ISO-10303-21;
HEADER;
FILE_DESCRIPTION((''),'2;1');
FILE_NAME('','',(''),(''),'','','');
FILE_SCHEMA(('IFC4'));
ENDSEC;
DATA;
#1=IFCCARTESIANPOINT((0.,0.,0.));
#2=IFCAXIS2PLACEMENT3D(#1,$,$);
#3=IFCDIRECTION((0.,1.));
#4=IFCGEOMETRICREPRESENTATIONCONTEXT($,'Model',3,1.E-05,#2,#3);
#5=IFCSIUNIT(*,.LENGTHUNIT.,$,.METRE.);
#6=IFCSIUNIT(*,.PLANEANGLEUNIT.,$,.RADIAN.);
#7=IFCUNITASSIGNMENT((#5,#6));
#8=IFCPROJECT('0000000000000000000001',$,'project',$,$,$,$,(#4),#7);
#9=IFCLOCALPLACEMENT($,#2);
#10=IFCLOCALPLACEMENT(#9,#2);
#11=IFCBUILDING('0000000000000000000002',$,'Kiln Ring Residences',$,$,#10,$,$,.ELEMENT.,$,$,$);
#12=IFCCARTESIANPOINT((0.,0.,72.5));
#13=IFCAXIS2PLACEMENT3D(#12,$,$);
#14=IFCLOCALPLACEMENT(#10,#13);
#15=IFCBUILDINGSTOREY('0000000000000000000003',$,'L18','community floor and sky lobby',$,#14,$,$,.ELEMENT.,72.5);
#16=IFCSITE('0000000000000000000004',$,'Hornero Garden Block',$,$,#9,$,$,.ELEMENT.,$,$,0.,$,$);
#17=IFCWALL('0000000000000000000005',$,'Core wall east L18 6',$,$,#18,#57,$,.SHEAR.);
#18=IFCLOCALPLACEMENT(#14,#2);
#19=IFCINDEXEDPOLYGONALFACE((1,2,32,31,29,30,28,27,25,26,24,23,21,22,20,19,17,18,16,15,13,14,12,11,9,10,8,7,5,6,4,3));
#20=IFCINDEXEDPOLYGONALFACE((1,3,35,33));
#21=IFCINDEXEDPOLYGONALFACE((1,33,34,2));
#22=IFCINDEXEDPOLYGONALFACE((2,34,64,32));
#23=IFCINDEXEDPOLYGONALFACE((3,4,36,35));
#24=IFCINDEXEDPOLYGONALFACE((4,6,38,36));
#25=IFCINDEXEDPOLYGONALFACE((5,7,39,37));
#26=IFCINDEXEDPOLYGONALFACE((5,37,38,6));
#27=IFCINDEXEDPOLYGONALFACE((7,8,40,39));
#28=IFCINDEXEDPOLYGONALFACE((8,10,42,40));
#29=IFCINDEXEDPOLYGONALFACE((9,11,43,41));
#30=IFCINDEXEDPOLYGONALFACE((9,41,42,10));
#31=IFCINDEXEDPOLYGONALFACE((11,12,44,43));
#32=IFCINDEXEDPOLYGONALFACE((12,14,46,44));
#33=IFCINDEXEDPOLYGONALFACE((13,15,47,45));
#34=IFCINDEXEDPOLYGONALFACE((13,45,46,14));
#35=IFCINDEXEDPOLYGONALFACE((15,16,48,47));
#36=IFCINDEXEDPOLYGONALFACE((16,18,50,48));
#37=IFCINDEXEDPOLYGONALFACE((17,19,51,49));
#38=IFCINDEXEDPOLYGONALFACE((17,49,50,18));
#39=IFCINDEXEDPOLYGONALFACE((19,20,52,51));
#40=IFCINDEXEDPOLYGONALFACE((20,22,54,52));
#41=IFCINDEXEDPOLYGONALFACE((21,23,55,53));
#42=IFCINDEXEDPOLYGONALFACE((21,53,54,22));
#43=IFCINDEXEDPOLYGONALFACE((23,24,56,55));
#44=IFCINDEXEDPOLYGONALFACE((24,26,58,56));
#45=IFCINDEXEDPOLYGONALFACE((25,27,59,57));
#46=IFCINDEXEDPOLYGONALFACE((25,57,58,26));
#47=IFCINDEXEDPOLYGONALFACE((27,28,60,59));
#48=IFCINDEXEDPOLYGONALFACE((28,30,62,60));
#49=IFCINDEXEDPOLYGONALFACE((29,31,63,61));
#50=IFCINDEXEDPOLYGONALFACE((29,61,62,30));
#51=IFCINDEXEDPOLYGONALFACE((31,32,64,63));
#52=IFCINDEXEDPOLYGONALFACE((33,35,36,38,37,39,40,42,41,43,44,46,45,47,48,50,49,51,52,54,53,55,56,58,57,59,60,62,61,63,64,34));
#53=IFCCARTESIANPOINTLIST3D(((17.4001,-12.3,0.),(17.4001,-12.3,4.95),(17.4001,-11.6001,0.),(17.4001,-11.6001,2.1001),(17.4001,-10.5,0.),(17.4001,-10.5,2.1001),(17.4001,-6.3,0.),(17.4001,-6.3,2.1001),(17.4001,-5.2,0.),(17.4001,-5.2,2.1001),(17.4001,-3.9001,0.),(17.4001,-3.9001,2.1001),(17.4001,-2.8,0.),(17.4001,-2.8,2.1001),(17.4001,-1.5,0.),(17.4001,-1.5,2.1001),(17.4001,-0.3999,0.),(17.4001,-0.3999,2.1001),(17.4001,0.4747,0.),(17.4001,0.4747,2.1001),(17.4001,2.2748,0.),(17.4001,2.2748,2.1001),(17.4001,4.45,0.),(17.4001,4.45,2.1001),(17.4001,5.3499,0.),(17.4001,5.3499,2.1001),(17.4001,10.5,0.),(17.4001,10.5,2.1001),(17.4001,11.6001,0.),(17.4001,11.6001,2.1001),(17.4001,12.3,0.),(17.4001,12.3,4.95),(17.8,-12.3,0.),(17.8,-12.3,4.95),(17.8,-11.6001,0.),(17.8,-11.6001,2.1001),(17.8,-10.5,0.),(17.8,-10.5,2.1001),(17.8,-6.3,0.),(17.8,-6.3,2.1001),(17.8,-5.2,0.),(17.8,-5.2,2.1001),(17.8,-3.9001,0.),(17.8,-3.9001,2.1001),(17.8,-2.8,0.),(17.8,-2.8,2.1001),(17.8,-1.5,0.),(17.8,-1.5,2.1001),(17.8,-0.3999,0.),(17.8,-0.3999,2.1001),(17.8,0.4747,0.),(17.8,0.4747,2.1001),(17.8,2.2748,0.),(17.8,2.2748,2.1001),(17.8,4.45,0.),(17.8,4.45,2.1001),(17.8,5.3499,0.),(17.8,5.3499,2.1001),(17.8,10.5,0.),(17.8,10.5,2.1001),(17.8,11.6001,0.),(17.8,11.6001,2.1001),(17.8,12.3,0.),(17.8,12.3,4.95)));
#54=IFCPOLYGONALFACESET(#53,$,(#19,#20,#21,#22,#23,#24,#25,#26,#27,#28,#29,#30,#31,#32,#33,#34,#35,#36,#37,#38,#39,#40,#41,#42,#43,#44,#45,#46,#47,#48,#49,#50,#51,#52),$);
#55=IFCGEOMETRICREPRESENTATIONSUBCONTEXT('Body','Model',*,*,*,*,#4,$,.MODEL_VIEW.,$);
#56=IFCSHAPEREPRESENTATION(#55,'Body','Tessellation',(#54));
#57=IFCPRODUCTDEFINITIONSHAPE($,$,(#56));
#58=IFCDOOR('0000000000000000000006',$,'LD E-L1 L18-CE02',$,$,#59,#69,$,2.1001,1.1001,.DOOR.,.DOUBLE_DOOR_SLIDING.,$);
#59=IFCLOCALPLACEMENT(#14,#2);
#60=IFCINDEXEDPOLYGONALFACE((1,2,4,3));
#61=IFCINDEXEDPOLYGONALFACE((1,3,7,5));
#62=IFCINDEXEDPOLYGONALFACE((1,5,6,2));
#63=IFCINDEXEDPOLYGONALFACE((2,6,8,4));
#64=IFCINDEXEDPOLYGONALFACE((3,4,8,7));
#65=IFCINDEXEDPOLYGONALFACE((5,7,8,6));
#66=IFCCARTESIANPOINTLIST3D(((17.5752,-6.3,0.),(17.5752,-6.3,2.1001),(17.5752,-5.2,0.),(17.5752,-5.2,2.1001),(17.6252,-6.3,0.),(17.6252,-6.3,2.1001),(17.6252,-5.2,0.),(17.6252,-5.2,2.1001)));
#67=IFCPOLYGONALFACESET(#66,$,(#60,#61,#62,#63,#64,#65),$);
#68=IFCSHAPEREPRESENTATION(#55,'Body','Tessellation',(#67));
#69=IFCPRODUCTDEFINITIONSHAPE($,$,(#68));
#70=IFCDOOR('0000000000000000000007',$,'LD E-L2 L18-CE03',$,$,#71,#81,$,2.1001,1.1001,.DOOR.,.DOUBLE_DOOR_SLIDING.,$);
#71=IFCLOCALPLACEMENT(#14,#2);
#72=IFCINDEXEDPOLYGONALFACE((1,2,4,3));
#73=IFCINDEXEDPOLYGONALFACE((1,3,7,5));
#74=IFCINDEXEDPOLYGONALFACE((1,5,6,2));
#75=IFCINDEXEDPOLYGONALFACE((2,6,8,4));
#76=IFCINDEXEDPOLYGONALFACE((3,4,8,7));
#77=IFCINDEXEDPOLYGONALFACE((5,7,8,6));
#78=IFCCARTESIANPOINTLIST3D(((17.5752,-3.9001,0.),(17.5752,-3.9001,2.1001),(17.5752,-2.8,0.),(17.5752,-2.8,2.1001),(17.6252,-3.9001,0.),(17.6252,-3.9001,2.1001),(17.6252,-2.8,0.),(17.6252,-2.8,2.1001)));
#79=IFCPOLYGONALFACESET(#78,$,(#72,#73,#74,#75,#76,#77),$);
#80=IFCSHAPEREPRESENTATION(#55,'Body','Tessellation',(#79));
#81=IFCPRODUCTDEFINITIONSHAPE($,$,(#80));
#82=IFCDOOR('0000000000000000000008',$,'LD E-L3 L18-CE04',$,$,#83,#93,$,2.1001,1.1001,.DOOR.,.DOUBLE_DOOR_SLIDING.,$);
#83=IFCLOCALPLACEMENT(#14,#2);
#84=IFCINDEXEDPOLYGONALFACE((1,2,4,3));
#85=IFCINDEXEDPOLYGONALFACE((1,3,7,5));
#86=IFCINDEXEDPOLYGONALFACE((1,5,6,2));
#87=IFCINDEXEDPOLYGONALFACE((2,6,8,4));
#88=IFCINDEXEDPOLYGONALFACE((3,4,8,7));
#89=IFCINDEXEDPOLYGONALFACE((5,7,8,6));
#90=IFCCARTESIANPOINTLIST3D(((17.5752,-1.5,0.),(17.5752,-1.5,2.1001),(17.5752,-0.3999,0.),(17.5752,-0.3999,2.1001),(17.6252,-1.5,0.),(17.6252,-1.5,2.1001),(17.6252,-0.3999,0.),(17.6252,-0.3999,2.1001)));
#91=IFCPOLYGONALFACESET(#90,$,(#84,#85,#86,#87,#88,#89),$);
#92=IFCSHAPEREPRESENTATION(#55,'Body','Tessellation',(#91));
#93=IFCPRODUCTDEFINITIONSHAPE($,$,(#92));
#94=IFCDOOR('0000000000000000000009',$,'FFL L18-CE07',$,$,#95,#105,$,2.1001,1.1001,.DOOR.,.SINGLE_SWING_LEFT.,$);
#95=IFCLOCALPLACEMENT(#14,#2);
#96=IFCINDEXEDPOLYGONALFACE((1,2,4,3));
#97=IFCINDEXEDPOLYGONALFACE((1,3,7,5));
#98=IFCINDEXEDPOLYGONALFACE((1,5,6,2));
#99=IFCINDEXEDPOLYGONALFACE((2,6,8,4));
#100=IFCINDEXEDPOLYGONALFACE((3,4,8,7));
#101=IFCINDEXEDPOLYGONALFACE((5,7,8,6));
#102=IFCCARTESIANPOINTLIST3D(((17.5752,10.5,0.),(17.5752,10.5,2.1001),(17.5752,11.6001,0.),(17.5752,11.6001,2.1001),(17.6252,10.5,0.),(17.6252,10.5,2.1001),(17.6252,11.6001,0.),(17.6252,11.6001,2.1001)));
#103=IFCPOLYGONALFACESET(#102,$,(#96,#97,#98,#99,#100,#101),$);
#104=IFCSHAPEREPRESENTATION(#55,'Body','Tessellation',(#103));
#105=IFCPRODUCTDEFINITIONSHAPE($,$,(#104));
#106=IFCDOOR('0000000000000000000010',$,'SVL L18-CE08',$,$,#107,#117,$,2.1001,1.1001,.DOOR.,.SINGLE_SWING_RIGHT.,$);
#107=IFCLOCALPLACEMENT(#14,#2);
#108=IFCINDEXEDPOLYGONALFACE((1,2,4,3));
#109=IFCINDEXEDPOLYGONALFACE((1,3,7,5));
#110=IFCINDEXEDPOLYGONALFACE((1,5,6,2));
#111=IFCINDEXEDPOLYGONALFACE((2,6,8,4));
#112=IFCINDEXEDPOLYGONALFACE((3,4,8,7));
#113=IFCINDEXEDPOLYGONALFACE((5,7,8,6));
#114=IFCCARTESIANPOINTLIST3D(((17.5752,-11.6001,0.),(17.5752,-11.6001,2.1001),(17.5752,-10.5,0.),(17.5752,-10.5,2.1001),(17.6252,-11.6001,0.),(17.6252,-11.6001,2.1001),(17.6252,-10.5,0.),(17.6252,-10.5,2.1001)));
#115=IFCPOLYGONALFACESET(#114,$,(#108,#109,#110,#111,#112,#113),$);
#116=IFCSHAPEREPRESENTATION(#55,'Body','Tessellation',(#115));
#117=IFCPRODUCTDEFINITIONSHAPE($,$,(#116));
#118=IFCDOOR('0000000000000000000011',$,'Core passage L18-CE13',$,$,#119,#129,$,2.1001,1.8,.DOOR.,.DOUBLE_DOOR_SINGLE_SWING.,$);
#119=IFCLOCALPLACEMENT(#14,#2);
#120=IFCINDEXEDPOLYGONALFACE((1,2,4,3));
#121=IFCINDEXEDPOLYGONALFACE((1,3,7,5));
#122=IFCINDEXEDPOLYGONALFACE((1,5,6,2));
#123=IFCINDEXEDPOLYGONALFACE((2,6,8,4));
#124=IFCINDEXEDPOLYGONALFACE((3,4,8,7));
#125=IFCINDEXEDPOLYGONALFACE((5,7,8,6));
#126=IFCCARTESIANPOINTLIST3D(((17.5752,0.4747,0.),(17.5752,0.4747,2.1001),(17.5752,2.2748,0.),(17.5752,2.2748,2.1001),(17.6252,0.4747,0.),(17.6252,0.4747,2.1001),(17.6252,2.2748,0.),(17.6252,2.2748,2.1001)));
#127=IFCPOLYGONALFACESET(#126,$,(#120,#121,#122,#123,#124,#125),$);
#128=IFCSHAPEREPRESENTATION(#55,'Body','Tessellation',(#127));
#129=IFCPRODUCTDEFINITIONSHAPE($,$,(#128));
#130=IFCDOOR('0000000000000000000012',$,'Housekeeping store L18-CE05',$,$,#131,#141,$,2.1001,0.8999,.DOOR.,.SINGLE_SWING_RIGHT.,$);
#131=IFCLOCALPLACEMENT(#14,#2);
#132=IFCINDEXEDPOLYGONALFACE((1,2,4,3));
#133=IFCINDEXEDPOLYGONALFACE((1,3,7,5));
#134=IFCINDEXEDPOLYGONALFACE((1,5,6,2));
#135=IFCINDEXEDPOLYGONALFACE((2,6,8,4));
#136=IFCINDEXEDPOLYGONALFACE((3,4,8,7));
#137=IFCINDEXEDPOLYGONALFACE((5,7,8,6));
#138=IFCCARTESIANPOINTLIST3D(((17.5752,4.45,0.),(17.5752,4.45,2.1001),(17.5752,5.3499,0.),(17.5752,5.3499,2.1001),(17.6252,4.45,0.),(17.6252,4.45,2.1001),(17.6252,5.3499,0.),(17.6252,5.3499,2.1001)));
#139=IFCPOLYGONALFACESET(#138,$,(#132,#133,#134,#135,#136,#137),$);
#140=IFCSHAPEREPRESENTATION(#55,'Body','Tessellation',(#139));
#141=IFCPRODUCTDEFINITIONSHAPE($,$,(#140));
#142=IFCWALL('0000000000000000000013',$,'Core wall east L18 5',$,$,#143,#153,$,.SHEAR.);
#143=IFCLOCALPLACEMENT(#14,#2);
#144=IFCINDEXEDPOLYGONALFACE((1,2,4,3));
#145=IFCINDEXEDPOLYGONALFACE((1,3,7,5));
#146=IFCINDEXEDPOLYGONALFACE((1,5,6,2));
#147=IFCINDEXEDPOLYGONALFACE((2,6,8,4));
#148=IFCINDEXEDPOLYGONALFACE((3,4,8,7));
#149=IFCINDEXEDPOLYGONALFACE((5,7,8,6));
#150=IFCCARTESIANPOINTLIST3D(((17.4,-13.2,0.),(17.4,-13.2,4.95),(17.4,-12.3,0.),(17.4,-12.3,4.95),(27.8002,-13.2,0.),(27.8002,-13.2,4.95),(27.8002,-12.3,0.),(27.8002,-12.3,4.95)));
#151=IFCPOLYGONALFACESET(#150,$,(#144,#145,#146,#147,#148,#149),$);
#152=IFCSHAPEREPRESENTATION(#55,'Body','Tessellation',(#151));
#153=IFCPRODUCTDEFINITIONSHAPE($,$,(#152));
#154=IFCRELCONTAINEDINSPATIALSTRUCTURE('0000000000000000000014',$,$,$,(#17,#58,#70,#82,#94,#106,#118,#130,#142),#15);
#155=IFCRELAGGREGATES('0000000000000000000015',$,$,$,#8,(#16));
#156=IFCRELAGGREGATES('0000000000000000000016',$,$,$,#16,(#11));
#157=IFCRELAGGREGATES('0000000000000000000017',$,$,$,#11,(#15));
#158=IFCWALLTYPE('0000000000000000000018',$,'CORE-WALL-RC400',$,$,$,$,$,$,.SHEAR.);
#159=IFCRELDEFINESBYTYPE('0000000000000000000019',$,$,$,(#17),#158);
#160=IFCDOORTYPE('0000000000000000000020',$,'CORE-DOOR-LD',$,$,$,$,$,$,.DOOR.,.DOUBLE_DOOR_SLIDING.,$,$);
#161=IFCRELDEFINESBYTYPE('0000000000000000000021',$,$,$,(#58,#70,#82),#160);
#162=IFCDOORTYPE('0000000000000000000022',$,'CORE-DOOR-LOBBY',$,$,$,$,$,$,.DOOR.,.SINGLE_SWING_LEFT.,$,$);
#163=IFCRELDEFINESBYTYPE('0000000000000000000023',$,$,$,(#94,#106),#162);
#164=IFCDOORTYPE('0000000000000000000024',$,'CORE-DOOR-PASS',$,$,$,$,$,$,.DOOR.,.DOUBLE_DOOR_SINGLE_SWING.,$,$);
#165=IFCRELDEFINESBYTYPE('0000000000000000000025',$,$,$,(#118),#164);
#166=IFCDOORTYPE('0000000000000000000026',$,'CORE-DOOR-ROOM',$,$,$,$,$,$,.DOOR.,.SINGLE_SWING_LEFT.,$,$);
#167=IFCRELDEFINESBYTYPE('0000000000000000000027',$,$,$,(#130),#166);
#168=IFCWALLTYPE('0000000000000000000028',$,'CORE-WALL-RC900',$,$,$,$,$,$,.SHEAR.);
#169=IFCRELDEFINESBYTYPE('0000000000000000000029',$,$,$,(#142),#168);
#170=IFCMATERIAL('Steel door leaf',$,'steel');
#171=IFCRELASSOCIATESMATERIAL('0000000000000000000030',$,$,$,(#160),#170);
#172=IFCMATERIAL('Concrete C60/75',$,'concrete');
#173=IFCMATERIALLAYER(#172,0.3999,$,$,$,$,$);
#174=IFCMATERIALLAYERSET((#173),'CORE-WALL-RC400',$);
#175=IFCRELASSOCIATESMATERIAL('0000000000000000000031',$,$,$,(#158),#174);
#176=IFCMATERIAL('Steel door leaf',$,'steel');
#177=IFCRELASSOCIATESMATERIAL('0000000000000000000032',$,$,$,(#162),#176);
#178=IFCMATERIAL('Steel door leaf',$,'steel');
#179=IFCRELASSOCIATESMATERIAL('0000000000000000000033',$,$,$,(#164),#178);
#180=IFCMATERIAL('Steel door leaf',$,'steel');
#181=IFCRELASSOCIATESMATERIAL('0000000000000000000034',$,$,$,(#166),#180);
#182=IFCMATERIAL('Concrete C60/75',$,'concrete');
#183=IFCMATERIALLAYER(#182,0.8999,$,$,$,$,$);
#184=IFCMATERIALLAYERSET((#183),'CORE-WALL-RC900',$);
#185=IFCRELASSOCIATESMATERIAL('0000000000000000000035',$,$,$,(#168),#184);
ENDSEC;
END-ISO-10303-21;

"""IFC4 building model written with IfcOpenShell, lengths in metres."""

from ifc_helpers import new_model, si_unit, direction, frame, frame_2d, origin, place, context, subcontext, project, spatial, rectangle, extrude, material, layer, layer_set, type_object, element, fill, save


model = new_model("IFC4")

# Units and contexts
model_context = context("Model", 3, precision=1e-05, world=origin(), true_north=direction((0.0, 1.0)))
body_context = subcontext(model_context, "Body", "Model", "MODEL_VIEW")
ifc_project = project(units=[si_unit("LENGTHUNIT", "METRE"), si_unit("PLANEANGLEUNIT", "RADIAN")], contexts=[model_context])

# Site, building, storey
site_placement = place(None, origin())
site = spatial("IfcSite", under=ifc_project, at=site_placement, Name="Hornero Garden Block", CompositionType="ELEMENT", RefElevation=0.0)
building_placement = place(site_placement, origin())
building = spatial("IfcBuilding", under=site, at=building_placement, Name="Kiln Ring Residences", CompositionType="ELEMENT")
storey_placement = place(building_placement, frame((0.0, 0.0, 72.5)))
storey = spatial("IfcBuildingStorey", under=building, at=storey_placement, Name="L18", Description="community floor and sky lobby", CompositionType="ELEMENT", Elevation=72.5)

# Wall, openings, doors
ifc_material_1 = material(Name="Steel door leaf", Category="steel")
door_type_1 = type_object("IfcDoorType", Name="CORE-DOOR-LD", OperationType="DOUBLE_DOOR_SLIDING", PredefinedType="DOOR", material=ifc_material_1)
ifc_material_2 = material(Name="Concrete C60/75", Category="concrete")
ifc_layer_1 = layer(ifc_material_2, 0.3999)
ifc_layer_set_1 = layer_set([ifc_layer_1], Name="CORE-WALL-RC400")
wall_type_1 = type_object("IfcWallType", Name="CORE-WALL-RC400", PredefinedType="SHEAR", material=ifc_layer_set_1)
wall_1_placement = place(storey_placement, frame((17.6001, -12.3, 0.0), z_axis=(0.0, 0.0, 1.0), x_axis=(0.0, 1.0, 0.0)))
wall_1 = element("IfcWall", 1, at=wall_1_placement, inside=storey, type_object=wall_type_1, Name="Core wall east L18 6", PredefinedType="SHEAR", context=body_context, shape_type="SweptSolid", body=[
    extrude(rectangle(XDim=24.6001, YDim=0.3999, at=frame_2d((12.3, 0.0))), origin(), (0.0, 0.0, 1.0), 4.95),
])
opening_1_placement = place(wall_1_placement, frame((6.0, 0.0, 0.0)))
opening_1 = element("IfcOpeningElement", 2, at=opening_1_placement, cuts=wall_1, PredefinedType="OPENING", context=body_context, shape_type="SweptSolid", body=[
    extrude(rectangle(XDim=1.1001, YDim=2.1001, at=frame_2d((0.55, 1.05))), frame((0.0, 0.21, 0.0), z_axis=(0.0, -1.0, 0.0), x_axis=(1.0, 0.0, 0.0)), (0.0, 0.0, 1.0), 0.4199),
])
opening_2_placement = place(wall_1_placement, frame((8.3999, 0.0, 0.0)))
opening_2 = element("IfcOpeningElement", 3, at=opening_2_placement, cuts=wall_1, PredefinedType="OPENING", context=body_context, shape_type="SweptSolid", body=[
    extrude(rectangle(XDim=1.1001, YDim=2.1001, at=frame_2d((0.55, 1.05))), frame((0.0, 0.21, 0.0), z_axis=(0.0, -1.0, 0.0), x_axis=(1.0, 0.0, 0.0)), (0.0, 0.0, 1.0), 0.4199),
])
opening_3_placement = place(wall_1_placement, frame((10.8, 0.0, 0.0)))
opening_3 = element("IfcOpeningElement", 4, at=opening_3_placement, cuts=wall_1, PredefinedType="OPENING", context=body_context, shape_type="SweptSolid", body=[
    extrude(rectangle(XDim=1.1001, YDim=2.1001, at=frame_2d((0.55, 1.05))), frame((0.0, 0.21, 0.0), z_axis=(0.0, -1.0, 0.0), x_axis=(1.0, 0.0, 0.0)), (0.0, 0.0, 1.0), 0.4199),
])
opening_4_placement = place(wall_1_placement, frame((16.75, 0.0, 0.0)))
opening_4 = element("IfcOpeningElement", 5, at=opening_4_placement, cuts=wall_1, PredefinedType="OPENING", context=body_context, shape_type="SweptSolid", body=[
    extrude(rectangle(XDim=0.8999, YDim=2.1001, at=frame_2d((0.45, 1.05))), frame((0.0, 0.21, 0.0), z_axis=(0.0, -1.0, 0.0), x_axis=(1.0, 0.0, 0.0)), (0.0, 0.0, 1.0), 0.4199),
])
opening_5_placement = place(wall_1_placement, frame((22.8, 0.0, 0.0)))
opening_5 = element("IfcOpeningElement", 6, at=opening_5_placement, cuts=wall_1, PredefinedType="OPENING", context=body_context, shape_type="SweptSolid", body=[
    extrude(rectangle(XDim=1.1001, YDim=2.1001, at=frame_2d((0.55, 1.05))), frame((0.0, 0.21, 0.0), z_axis=(0.0, -1.0, 0.0), x_axis=(1.0, 0.0, 0.0)), (0.0, 0.0, 1.0), 0.4199),
])
opening_6_placement = place(wall_1_placement, frame((0.7, 0.0, 0.0)))
opening_6 = element("IfcOpeningElement", 7, at=opening_6_placement, cuts=wall_1, PredefinedType="OPENING", context=body_context, shape_type="SweptSolid", body=[
    extrude(rectangle(XDim=1.1001, YDim=2.1001, at=frame_2d((0.55, 1.05))), frame((0.0, 0.21, 0.0), z_axis=(0.0, -1.0, 0.0), x_axis=(1.0, 0.0, 0.0)), (0.0, 0.0, 1.0), 0.4199),
])
opening_7_placement = place(wall_1_placement, frame((12.7749, 0.0, 0.0)))
opening_7 = element("IfcOpeningElement", 8, at=opening_7_placement, cuts=wall_1, PredefinedType="OPENING", context=body_context, shape_type="SweptSolid", body=[
    extrude(rectangle(XDim=1.8, YDim=2.1001, at=frame_2d((0.8999, 1.05))), frame((0.0, 0.21, 0.0), z_axis=(0.0, -1.0, 0.0), x_axis=(1.0, 0.0, 0.0)), (0.0, 0.0, 1.0), 0.4199),
])
door_1_placement = place(opening_1_placement, origin())
door_1 = element("IfcDoor", 9, at=door_1_placement, inside=storey, type_object=door_type_1, Name="LD E-L1 L18-CE02", OperationType="DOUBLE_DOOR_SLIDING", OverallHeight=2.1001, OverallWidth=1.1001, PredefinedType="DOOR", context=body_context, shape_type="SweptSolid", body=[
    extrude(rectangle(XDim=1.1001, YDim=2.1001, at=frame_2d((0.55, 1.05))), frame((0.0, 0.0249, 0.0), z_axis=(0.0, -1.0, 0.0), x_axis=(1.0, 0.0, 0.0)), (0.0, 0.0, 1.0), 0.05),
])
fill(opening_1, door_1)
door_2_placement = place(opening_2_placement, origin())
door_2 = element("IfcDoor", 10, at=door_2_placement, inside=storey, type_object=door_type_1, Name="LD E-L2 L18-CE03", OperationType="DOUBLE_DOOR_SLIDING", OverallHeight=2.1001, OverallWidth=1.1001, PredefinedType="DOOR", context=body_context, shape_type="SweptSolid", body=[
    extrude(rectangle(XDim=1.1001, YDim=2.1001, at=frame_2d((0.55, 1.05))), frame((0.0, 0.0249, 0.0), z_axis=(0.0, -1.0, 0.0), x_axis=(1.0, 0.0, 0.0)), (0.0, 0.0, 1.0), 0.05),
])
fill(opening_2, door_2)
door_3_placement = place(opening_3_placement, origin())
door_3 = element("IfcDoor", 11, at=door_3_placement, inside=storey, type_object=door_type_1, Name="LD E-L3 L18-CE04", OperationType="DOUBLE_DOOR_SLIDING", OverallHeight=2.1001, OverallWidth=1.1001, PredefinedType="DOOR", context=body_context, shape_type="SweptSolid", body=[
    extrude(rectangle(XDim=1.1001, YDim=2.1001, at=frame_2d((0.55, 1.05))), frame((0.0, 0.0249, 0.0), z_axis=(0.0, -1.0, 0.0), x_axis=(1.0, 0.0, 0.0)), (0.0, 0.0, 1.0), 0.05),
])
fill(opening_3, door_3)
ifc_material_3 = material(Name="Steel door leaf", Category="steel")
door_type_2 = type_object("IfcDoorType", Name="CORE-DOOR-LOBBY", OperationType="SINGLE_SWING_LEFT", PredefinedType="DOOR", material=ifc_material_3)
door_4_placement = place(opening_5_placement, origin())
door_4 = element("IfcDoor", 12, at=door_4_placement, inside=storey, type_object=door_type_2, Name="FFL L18-CE07", OperationType="SINGLE_SWING_LEFT", OverallHeight=2.1001, OverallWidth=1.1001, PredefinedType="DOOR", context=body_context, shape_type="SweptSolid", body=[
    extrude(rectangle(XDim=1.1001, YDim=2.1001, at=frame_2d((0.55, 1.05))), frame((0.0, 0.0249, 0.0), z_axis=(0.0, -1.0, 0.0), x_axis=(1.0, 0.0, 0.0)), (0.0, 0.0, 1.0), 0.05),
])
fill(opening_5, door_4)
door_5_placement = place(opening_6_placement, origin())
door_5 = element("IfcDoor", 13, at=door_5_placement, inside=storey, type_object=door_type_2, Name="SVL L18-CE08", OperationType="SINGLE_SWING_RIGHT", OverallHeight=2.1001, OverallWidth=1.1001, PredefinedType="DOOR", context=body_context, shape_type="SweptSolid", body=[
    extrude(rectangle(XDim=1.1001, YDim=2.1001, at=frame_2d((0.55, 1.05))), frame((0.0, 0.0249, 0.0), z_axis=(0.0, -1.0, 0.0), x_axis=(1.0, 0.0, 0.0)), (0.0, 0.0, 1.0), 0.05),
])
fill(opening_6, door_5)
ifc_material_4 = material(Name="Steel door leaf", Category="steel")
door_type_3 = type_object("IfcDoorType", Name="CORE-DOOR-PASS", OperationType="DOUBLE_DOOR_SINGLE_SWING", PredefinedType="DOOR", material=ifc_material_4)
door_6_placement = place(opening_7_placement, origin())
door_6 = element("IfcDoor", 14, at=door_6_placement, inside=storey, type_object=door_type_3, Name="Core passage L18-CE13", OperationType="DOUBLE_DOOR_SINGLE_SWING", OverallHeight=2.1001, OverallWidth=1.8, PredefinedType="DOOR", context=body_context, shape_type="SweptSolid", body=[
    extrude(rectangle(XDim=1.8, YDim=2.1001, at=frame_2d((0.8999, 1.05))), frame((0.0, 0.0249, 0.0), z_axis=(0.0, -1.0, 0.0), x_axis=(1.0, 0.0, 0.0)), (0.0, 0.0, 1.0), 0.05),
])
fill(opening_7, door_6)
ifc_material_5 = material(Name="Steel door leaf", Category="steel")
door_type_4 = type_object("IfcDoorType", Name="CORE-DOOR-ROOM", OperationType="SINGLE_SWING_LEFT", PredefinedType="DOOR", material=ifc_material_5)
door_7_placement = place(opening_4_placement, origin())
door_7 = element("IfcDoor", 15, at=door_7_placement, inside=storey, type_object=door_type_4, Name="Housekeeping store L18-CE05", OperationType="SINGLE_SWING_RIGHT", OverallHeight=2.1001, OverallWidth=0.8999, PredefinedType="DOOR", context=body_context, shape_type="SweptSolid", body=[
    extrude(rectangle(XDim=0.8999, YDim=2.1001, at=frame_2d((0.45, 1.05))), frame((0.0, 0.0249, 0.0), z_axis=(0.0, -1.0, 0.0), x_axis=(1.0, 0.0, 0.0)), (0.0, 0.0, 1.0), 0.05),
])
fill(opening_4, door_7)

# Wall
ifc_material_6 = material(Name="Concrete C60/75", Category="concrete")
ifc_layer_2 = layer(ifc_material_6, 0.8999)
ifc_layer_set_2 = layer_set([ifc_layer_2], Name="CORE-WALL-RC900")
wall_type_2 = type_object("IfcWallType", Name="CORE-WALL-RC900", PredefinedType="SHEAR", material=ifc_layer_set_2)
wall_2_placement = place(storey_placement, frame((17.3999, -12.75, 0.0), z_axis=(0.0, 0.0, 1.0), x_axis=(1.0, 0.0, 0.0)))
element("IfcWall", 16, at=wall_2_placement, inside=storey, type_object=wall_type_2, Name="Core wall east L18 5", PredefinedType="SHEAR", context=body_context, shape_type="SweptSolid", body=[
    extrude(rectangle(XDim=10.4001, YDim=0.8999, at=frame_2d((5.2002, 0.0))), origin(), (0.0, 0.0, 1.0), 4.95),
])

save(model, "model.ifc")
